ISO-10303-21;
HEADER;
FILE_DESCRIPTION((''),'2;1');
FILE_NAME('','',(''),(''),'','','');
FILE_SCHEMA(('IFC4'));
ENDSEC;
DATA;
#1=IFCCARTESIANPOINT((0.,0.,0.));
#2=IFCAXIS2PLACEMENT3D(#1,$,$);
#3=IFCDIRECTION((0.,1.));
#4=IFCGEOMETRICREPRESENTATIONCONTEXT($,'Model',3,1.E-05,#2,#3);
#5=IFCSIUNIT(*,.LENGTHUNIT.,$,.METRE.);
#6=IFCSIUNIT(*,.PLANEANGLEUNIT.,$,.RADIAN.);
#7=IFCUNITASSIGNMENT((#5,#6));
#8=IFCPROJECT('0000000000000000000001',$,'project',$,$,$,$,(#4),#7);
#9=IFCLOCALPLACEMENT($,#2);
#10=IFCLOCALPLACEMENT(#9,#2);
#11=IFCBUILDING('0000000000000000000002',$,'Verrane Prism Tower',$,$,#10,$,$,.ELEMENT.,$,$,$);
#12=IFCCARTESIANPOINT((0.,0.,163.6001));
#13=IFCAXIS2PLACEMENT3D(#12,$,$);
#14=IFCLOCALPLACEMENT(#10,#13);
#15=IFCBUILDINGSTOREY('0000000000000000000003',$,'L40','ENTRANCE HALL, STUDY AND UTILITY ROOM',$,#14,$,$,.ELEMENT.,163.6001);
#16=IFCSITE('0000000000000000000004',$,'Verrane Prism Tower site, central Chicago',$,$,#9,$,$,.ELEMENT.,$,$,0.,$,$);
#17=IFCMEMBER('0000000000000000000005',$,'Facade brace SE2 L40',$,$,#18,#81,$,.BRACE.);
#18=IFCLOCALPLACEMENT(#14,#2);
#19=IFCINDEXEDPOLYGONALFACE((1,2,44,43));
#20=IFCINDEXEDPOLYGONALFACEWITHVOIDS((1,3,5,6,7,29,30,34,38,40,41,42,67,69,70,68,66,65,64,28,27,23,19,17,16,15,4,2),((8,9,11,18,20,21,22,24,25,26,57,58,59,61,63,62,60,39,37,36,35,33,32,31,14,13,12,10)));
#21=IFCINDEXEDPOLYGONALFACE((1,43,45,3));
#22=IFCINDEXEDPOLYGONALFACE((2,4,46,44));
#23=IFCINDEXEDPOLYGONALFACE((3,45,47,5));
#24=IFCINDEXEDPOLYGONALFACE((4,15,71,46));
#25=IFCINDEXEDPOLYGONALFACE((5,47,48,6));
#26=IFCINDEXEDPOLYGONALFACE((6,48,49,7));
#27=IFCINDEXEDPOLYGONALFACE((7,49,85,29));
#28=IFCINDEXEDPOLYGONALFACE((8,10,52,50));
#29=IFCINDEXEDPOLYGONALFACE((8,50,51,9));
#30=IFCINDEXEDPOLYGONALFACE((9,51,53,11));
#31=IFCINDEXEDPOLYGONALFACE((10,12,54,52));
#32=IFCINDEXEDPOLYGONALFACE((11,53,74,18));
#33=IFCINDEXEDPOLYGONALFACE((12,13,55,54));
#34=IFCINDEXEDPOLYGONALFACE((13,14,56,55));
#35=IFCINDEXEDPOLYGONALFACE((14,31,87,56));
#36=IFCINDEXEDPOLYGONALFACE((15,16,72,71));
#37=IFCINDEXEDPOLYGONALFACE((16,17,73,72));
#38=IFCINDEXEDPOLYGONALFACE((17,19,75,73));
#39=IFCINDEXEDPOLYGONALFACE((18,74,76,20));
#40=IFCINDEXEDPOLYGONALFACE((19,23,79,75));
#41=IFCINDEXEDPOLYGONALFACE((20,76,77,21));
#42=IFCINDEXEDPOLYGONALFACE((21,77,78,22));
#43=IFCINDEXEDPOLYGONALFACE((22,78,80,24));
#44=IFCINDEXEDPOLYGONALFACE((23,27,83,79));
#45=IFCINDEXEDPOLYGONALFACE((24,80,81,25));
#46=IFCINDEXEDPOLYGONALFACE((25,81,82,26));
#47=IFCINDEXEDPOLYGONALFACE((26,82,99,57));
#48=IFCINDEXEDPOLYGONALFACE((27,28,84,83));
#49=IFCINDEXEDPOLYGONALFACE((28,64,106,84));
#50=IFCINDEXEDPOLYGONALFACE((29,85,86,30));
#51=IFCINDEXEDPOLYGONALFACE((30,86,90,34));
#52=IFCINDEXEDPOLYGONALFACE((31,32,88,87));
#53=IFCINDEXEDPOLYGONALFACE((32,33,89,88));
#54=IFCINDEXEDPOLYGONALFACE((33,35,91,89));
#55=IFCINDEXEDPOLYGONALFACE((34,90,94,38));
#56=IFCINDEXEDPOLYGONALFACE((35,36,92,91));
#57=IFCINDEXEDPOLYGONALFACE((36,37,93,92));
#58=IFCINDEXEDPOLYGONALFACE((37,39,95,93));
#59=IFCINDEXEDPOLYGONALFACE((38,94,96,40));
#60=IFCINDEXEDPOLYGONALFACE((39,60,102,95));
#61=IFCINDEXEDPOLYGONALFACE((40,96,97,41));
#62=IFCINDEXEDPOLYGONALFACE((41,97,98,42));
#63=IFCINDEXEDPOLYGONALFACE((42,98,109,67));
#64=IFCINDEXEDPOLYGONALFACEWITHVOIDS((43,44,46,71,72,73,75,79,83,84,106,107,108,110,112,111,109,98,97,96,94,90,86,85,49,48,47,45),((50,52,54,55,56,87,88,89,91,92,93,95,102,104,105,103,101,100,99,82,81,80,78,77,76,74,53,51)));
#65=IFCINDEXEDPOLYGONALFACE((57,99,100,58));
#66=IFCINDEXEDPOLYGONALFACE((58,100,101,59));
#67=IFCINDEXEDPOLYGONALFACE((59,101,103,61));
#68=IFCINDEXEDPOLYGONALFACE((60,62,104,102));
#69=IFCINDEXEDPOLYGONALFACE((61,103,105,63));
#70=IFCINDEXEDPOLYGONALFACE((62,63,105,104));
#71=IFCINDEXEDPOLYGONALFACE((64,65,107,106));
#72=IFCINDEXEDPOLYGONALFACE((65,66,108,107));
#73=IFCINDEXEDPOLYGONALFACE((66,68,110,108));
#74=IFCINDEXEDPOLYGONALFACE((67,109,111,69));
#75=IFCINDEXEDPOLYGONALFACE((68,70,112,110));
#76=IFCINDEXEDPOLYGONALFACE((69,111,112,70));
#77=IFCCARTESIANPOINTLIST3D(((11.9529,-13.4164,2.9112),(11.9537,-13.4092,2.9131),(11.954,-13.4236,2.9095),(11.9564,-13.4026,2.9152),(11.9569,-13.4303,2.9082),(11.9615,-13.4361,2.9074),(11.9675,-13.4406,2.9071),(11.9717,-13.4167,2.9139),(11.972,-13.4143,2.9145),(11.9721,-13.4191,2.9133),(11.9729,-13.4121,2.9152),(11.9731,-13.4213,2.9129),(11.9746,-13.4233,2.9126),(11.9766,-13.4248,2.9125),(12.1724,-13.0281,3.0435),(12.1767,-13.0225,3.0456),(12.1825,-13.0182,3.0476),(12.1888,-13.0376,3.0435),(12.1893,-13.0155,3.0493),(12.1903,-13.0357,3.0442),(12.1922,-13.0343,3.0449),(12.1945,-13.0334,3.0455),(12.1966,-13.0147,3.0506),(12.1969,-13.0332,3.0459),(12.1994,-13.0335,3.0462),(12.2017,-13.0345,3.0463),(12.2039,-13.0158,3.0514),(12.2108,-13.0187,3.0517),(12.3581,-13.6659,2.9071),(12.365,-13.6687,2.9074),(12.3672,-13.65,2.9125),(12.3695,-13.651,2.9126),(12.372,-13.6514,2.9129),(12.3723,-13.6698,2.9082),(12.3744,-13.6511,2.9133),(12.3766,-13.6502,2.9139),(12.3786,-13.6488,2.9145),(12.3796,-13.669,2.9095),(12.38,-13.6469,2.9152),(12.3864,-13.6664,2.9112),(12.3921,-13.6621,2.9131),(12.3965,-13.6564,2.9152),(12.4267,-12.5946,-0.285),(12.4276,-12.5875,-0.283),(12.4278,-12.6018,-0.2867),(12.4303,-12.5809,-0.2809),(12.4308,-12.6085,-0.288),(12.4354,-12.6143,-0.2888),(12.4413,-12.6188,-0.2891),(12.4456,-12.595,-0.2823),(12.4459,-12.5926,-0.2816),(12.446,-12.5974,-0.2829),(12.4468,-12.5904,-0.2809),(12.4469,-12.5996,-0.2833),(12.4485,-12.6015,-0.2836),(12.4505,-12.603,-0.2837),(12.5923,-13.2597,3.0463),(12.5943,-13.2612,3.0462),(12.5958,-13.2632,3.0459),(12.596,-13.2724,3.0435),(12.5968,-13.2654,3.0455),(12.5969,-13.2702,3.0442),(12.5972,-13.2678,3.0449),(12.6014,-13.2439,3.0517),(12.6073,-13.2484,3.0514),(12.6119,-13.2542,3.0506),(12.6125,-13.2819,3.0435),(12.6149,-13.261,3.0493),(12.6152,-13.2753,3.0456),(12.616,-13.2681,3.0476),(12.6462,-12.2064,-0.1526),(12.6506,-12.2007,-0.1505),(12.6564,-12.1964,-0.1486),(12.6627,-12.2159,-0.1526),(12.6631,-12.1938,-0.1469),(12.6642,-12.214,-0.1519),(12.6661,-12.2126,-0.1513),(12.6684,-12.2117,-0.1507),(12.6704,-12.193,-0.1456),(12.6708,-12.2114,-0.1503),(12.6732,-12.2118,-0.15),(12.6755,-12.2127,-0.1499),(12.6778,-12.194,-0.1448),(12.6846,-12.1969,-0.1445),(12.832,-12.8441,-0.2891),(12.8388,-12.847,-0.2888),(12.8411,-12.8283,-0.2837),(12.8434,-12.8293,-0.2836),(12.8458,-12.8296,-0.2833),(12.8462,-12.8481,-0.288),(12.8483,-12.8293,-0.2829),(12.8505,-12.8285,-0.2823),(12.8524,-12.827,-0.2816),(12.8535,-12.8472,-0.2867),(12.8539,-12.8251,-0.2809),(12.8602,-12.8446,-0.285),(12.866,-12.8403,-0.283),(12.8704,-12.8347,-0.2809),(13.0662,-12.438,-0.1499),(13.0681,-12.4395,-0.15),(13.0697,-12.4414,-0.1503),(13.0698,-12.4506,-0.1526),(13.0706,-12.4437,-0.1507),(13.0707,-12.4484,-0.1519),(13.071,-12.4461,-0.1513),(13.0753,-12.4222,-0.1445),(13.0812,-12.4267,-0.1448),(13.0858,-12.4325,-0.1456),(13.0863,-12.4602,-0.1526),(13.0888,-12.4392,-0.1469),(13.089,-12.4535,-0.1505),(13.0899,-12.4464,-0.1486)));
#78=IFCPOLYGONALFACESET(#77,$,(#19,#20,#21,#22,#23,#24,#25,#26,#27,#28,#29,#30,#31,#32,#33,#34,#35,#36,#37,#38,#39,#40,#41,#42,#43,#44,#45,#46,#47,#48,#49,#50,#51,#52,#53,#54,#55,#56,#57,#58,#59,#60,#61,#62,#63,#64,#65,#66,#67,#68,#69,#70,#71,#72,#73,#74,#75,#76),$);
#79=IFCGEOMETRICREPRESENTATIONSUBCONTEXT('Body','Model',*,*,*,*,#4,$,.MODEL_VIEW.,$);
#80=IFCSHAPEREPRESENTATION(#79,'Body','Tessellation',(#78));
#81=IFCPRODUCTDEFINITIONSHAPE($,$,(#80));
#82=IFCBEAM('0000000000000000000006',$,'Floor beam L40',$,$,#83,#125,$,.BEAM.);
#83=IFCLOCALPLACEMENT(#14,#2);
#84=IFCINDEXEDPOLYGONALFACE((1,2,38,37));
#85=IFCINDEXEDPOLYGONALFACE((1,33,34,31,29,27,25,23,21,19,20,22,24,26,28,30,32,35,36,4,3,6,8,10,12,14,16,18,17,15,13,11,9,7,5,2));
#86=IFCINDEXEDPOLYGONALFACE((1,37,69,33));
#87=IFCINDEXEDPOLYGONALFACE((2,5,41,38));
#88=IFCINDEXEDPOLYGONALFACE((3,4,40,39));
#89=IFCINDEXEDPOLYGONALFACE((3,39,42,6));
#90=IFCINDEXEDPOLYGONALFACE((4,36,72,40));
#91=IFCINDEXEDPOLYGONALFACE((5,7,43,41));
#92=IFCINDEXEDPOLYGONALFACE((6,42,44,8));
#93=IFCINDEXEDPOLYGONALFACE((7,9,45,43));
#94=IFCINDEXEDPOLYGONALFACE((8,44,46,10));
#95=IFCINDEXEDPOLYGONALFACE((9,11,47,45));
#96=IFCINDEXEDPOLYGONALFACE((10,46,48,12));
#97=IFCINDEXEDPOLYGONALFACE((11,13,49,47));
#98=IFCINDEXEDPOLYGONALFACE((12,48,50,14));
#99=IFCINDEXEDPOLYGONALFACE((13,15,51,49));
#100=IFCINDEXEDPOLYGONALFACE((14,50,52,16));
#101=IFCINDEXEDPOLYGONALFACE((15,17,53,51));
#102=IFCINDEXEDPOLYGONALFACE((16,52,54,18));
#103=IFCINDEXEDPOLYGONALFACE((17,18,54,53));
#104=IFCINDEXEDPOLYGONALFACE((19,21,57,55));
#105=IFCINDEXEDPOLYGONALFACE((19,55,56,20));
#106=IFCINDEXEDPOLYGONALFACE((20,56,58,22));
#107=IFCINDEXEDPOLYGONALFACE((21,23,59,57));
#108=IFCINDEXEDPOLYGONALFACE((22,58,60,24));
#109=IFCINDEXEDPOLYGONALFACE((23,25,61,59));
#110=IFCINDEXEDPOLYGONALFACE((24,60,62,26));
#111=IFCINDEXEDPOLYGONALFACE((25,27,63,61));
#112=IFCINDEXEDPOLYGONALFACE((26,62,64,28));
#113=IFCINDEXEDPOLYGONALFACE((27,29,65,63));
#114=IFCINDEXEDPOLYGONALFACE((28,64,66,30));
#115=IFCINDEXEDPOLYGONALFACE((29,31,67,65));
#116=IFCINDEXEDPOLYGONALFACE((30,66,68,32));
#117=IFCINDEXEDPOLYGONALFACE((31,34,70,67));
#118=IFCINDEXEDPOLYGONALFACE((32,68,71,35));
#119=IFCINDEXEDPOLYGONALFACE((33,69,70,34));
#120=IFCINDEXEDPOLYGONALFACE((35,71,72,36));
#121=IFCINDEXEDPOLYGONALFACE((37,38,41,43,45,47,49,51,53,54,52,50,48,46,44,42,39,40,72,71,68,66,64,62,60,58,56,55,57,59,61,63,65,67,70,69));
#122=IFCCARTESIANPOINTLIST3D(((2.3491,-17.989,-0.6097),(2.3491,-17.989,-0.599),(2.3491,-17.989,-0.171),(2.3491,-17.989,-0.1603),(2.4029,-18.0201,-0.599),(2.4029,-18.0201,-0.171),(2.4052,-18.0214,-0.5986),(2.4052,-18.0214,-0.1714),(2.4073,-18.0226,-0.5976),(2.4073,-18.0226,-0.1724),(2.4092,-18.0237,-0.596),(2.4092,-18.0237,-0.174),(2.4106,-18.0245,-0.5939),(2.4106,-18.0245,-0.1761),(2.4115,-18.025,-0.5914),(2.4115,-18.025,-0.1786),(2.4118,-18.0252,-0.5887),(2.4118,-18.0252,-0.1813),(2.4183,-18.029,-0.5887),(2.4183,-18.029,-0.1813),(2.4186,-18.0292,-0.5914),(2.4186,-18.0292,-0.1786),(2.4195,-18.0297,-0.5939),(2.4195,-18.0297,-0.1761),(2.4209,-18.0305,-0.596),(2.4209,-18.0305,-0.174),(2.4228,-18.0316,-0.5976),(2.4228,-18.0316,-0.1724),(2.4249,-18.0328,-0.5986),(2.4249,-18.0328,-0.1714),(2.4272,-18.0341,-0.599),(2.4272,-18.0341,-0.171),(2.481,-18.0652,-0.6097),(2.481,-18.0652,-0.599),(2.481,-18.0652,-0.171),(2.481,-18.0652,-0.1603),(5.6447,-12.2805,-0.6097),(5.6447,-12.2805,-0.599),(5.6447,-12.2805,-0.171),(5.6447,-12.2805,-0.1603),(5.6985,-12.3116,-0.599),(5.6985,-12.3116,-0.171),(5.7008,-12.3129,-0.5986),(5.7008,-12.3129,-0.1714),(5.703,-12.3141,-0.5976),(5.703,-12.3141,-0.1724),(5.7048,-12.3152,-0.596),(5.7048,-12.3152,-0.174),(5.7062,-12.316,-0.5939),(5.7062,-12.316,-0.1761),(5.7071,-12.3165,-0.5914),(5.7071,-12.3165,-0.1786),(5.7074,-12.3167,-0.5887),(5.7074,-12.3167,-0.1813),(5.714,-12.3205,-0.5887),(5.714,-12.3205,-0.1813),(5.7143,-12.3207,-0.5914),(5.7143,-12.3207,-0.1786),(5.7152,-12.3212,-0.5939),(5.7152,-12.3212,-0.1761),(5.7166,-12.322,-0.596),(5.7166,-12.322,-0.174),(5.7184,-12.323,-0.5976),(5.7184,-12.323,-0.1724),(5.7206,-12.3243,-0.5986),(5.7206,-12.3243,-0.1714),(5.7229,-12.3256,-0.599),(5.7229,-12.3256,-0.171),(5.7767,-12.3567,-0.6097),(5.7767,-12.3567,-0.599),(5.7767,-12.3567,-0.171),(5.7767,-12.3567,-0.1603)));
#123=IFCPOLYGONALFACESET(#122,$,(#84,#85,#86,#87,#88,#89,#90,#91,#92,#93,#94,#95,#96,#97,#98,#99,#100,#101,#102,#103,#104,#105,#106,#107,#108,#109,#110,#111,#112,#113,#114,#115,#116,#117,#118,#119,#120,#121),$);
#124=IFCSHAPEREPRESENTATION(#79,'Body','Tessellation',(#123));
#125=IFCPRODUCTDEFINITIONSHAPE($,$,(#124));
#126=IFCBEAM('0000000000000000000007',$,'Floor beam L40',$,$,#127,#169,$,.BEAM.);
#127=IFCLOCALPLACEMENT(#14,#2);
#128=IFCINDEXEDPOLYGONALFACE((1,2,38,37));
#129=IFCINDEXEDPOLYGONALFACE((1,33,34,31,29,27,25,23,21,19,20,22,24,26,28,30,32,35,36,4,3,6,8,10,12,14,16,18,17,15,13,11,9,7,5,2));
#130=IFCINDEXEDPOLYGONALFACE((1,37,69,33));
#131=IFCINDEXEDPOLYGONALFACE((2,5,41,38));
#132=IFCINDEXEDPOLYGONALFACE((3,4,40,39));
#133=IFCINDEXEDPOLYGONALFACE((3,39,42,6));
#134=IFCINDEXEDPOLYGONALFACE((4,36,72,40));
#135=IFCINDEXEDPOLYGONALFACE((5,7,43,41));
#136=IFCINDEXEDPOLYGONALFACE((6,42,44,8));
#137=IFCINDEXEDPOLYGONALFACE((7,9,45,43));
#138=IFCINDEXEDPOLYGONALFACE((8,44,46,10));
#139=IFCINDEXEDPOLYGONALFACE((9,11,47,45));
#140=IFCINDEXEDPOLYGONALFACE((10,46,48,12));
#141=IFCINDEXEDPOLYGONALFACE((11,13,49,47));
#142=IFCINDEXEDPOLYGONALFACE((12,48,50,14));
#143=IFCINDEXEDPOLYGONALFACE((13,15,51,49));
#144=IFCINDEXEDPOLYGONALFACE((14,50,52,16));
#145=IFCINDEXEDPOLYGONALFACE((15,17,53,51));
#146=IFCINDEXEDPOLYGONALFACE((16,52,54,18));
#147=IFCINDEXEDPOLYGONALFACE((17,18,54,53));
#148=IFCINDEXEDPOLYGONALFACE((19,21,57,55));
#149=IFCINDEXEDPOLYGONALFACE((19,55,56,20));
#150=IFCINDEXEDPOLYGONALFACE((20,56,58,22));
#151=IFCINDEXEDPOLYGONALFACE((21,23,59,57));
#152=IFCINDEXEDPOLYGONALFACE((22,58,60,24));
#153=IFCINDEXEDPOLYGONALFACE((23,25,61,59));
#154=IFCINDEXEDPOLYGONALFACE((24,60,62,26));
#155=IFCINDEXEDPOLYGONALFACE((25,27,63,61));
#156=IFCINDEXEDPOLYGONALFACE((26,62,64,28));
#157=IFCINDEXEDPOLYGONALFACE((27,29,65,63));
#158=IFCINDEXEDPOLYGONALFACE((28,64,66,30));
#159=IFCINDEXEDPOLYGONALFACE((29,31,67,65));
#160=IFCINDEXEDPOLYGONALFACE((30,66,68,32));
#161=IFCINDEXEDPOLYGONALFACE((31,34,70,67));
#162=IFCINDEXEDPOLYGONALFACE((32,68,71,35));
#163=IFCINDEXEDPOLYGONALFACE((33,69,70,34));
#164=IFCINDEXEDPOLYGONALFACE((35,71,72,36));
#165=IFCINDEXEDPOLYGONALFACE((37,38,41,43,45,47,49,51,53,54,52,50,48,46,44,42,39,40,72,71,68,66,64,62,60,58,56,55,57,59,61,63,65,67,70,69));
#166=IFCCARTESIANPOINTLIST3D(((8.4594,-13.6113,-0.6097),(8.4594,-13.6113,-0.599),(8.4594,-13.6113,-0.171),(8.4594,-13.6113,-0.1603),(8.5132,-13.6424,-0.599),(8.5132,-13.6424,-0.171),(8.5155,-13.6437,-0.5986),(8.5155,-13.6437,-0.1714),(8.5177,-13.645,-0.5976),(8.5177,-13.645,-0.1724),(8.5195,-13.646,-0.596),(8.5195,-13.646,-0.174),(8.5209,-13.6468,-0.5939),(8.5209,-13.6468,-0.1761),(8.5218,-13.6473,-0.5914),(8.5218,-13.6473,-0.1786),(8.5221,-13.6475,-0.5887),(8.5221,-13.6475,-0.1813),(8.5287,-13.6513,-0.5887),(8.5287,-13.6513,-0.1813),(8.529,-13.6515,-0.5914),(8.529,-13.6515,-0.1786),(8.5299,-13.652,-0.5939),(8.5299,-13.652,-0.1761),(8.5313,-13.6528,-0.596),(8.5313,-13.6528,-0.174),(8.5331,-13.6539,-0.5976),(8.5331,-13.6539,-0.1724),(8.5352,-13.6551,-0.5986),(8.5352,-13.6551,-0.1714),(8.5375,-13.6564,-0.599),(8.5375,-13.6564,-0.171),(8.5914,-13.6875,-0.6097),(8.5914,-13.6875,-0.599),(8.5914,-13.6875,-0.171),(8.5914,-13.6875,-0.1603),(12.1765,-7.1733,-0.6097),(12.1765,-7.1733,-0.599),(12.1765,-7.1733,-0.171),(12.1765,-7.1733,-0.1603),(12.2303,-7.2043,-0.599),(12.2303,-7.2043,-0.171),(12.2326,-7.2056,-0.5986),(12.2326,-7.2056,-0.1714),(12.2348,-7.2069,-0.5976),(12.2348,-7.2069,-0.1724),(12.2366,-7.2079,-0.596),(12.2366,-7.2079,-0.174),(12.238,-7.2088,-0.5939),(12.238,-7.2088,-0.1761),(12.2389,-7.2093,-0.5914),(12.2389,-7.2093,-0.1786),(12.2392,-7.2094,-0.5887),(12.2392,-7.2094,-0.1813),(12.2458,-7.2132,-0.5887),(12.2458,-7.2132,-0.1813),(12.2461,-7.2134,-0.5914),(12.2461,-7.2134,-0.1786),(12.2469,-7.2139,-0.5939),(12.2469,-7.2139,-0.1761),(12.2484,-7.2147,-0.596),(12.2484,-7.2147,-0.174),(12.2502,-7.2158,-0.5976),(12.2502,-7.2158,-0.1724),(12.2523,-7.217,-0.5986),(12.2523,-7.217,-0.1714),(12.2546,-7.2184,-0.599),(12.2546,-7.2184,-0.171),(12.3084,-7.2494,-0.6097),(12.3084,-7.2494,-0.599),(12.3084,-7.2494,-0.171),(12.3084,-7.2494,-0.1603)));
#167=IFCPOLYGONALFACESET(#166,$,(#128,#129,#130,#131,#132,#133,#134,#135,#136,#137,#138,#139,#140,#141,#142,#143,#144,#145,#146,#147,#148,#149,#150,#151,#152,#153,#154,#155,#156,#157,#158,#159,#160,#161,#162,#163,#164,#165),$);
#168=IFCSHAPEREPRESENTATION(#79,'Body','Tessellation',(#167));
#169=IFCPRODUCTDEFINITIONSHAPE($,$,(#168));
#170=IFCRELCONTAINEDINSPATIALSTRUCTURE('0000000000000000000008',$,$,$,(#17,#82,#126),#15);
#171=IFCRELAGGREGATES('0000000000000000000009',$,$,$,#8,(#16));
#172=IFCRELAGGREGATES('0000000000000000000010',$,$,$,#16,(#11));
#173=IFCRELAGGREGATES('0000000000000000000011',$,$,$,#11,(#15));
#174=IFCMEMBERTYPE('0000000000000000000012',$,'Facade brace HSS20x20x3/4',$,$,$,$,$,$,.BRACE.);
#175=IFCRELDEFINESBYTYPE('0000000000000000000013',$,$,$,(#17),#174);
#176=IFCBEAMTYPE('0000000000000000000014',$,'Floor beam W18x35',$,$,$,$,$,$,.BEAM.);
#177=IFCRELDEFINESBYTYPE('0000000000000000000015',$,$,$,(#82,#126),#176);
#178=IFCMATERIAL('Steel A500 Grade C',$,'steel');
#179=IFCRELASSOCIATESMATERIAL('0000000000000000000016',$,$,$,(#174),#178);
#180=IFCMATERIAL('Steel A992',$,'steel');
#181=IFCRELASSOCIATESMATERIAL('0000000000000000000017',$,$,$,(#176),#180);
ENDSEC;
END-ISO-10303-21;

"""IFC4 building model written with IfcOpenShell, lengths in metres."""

from ifc_helpers import new_model, si_unit, direction, frame, origin, origin_2d, place, context, subcontext, project, spatial, hollow_rectangle, i_section, extrude, material, material_profile, profile_set, type_object, element, save


model = new_model("IFC4")

# Units and contexts
model_context = context("Model", 3, precision=1e-05, world=origin(), true_north=direction((0.0, 1.0)))
body_context = subcontext(model_context, "Body", "Model", "MODEL_VIEW")
ifc_project = project(units=[si_unit("LENGTHUNIT", "METRE"), si_unit("PLANEANGLEUNIT", "RADIAN")], contexts=[model_context])

# Site, building, storey
site_placement = place(None, origin())
site = spatial("IfcSite", under=ifc_project, at=site_placement, Name="Verrane Prism Tower site, central Chicago", CompositionType="ELEMENT", RefElevation=0.0)
building_placement = place(site_placement, origin())
building = spatial("IfcBuilding", under=site, at=building_placement, Name="Verrane Prism Tower", CompositionType="ELEMENT")
storey_placement = place(building_placement, frame((0.0, 0.0, 163.6001)))
storey = spatial("IfcBuildingStorey", under=building, at=storey_placement, Name="L40", Description="ENTRANCE HALL, STUDY AND UTILITY ROOM", CompositionType="ELEMENT", Elevation=163.6001)

# Member
ifc_material_1 = material(Name="Steel A500 Grade C", Category="steel")
ifc_material_profile_1 = material_profile(ifc_material_1, hollow_rectangle(XDim=0.5081, YDim=0.5081, WallThickness=0.019, InnerFilletRadius=0.0095, OuterFilletRadius=0.0286, at=origin_2d()), Name="HSS20x20x3/4")
ifc_profile_set_1 = profile_set([ifc_material_profile_1], Name="Steel A500 Grade C")
member_type_1 = type_object("IfcMemberType", Name="Facade brace HSS20x20x3/4", PredefinedType="BRACE", material=ifc_profile_set_1)
member_1_placement = place(storey_placement, frame((12.7583, -12.5205, -0.2168), z_axis=(-0.142131, -0.246477, 0.95867), x_axis=(0.866288, -0.499544, 0.0)))
element("IfcMember", 1, at=member_1_placement, inside=storey, type_object=member_type_1, Name="Facade brace SE2 L40", PredefinedType="BRACE", context=body_context, shape_type="SweptSolid", body=[
    extrude(hollow_rectangle(XDim=0.5081, YDim=0.5081, WallThickness=0.019, InnerFilletRadius=0.0095, OuterFilletRadius=0.0286, at=origin_2d()), origin(), (0.0, 0.0, 1.0), 3.334),
])

# Beams
ifc_material_2 = material(Name="Steel A992", Category="steel")
ifc_material_profile_2 = material_profile(ifc_material_2, i_section(OverallWidth=0.1523, OverallDepth=0.4495, WebThickness=0.0076, FlangeThickness=0.0107, FilletRadius=0.0103, at=origin_2d()), Name="W18x35")
ifc_profile_set_2 = profile_set([ifc_material_profile_2], Name="Steel A992")
beam_type_1 = type_object("IfcBeamType", Name="Floor beam W18x35", PredefinedType="BEAM", material=ifc_profile_set_2)
beam_1_placement = place(storey_placement, frame((2.415, -18.0271, -0.385), z_axis=(0.499983, 0.866035, 0.0), x_axis=(-0.866035, 0.499983, 0.0)))
element("IfcBeam", 2, at=beam_1_placement, inside=storey, type_object=beam_type_1, Name="Floor beam L40", PredefinedType="BEAM", context=body_context, shape_type="SweptSolid", body=[
    extrude(i_section(OverallWidth=0.1523, OverallDepth=0.4495, WebThickness=0.0076, FlangeThickness=0.0107, FilletRadius=0.0103, at=origin_2d()), origin(), (0.0, 0.0, 1.0), 6.5916),
])
beam_2_placement = place(storey_placement, frame((8.5254, -13.6494, -0.385), z_axis=(0.500007, 0.866022, 0.0), x_axis=(-0.866022, 0.500007, 0.0)))
element("IfcBeam", 3, at=beam_2_placement, inside=storey, type_object=beam_type_1, Name="Floor beam L40", PredefinedType="BEAM", context=body_context, shape_type="SweptSolid", body=[
    extrude(i_section(OverallWidth=0.1523, OverallDepth=0.4495, WebThickness=0.0076, FlangeThickness=0.0107, FilletRadius=0.0103, at=origin_2d()), origin(), (0.0, 0.0, 1.0), 7.4341),
])

save(model, "model.ifc")
